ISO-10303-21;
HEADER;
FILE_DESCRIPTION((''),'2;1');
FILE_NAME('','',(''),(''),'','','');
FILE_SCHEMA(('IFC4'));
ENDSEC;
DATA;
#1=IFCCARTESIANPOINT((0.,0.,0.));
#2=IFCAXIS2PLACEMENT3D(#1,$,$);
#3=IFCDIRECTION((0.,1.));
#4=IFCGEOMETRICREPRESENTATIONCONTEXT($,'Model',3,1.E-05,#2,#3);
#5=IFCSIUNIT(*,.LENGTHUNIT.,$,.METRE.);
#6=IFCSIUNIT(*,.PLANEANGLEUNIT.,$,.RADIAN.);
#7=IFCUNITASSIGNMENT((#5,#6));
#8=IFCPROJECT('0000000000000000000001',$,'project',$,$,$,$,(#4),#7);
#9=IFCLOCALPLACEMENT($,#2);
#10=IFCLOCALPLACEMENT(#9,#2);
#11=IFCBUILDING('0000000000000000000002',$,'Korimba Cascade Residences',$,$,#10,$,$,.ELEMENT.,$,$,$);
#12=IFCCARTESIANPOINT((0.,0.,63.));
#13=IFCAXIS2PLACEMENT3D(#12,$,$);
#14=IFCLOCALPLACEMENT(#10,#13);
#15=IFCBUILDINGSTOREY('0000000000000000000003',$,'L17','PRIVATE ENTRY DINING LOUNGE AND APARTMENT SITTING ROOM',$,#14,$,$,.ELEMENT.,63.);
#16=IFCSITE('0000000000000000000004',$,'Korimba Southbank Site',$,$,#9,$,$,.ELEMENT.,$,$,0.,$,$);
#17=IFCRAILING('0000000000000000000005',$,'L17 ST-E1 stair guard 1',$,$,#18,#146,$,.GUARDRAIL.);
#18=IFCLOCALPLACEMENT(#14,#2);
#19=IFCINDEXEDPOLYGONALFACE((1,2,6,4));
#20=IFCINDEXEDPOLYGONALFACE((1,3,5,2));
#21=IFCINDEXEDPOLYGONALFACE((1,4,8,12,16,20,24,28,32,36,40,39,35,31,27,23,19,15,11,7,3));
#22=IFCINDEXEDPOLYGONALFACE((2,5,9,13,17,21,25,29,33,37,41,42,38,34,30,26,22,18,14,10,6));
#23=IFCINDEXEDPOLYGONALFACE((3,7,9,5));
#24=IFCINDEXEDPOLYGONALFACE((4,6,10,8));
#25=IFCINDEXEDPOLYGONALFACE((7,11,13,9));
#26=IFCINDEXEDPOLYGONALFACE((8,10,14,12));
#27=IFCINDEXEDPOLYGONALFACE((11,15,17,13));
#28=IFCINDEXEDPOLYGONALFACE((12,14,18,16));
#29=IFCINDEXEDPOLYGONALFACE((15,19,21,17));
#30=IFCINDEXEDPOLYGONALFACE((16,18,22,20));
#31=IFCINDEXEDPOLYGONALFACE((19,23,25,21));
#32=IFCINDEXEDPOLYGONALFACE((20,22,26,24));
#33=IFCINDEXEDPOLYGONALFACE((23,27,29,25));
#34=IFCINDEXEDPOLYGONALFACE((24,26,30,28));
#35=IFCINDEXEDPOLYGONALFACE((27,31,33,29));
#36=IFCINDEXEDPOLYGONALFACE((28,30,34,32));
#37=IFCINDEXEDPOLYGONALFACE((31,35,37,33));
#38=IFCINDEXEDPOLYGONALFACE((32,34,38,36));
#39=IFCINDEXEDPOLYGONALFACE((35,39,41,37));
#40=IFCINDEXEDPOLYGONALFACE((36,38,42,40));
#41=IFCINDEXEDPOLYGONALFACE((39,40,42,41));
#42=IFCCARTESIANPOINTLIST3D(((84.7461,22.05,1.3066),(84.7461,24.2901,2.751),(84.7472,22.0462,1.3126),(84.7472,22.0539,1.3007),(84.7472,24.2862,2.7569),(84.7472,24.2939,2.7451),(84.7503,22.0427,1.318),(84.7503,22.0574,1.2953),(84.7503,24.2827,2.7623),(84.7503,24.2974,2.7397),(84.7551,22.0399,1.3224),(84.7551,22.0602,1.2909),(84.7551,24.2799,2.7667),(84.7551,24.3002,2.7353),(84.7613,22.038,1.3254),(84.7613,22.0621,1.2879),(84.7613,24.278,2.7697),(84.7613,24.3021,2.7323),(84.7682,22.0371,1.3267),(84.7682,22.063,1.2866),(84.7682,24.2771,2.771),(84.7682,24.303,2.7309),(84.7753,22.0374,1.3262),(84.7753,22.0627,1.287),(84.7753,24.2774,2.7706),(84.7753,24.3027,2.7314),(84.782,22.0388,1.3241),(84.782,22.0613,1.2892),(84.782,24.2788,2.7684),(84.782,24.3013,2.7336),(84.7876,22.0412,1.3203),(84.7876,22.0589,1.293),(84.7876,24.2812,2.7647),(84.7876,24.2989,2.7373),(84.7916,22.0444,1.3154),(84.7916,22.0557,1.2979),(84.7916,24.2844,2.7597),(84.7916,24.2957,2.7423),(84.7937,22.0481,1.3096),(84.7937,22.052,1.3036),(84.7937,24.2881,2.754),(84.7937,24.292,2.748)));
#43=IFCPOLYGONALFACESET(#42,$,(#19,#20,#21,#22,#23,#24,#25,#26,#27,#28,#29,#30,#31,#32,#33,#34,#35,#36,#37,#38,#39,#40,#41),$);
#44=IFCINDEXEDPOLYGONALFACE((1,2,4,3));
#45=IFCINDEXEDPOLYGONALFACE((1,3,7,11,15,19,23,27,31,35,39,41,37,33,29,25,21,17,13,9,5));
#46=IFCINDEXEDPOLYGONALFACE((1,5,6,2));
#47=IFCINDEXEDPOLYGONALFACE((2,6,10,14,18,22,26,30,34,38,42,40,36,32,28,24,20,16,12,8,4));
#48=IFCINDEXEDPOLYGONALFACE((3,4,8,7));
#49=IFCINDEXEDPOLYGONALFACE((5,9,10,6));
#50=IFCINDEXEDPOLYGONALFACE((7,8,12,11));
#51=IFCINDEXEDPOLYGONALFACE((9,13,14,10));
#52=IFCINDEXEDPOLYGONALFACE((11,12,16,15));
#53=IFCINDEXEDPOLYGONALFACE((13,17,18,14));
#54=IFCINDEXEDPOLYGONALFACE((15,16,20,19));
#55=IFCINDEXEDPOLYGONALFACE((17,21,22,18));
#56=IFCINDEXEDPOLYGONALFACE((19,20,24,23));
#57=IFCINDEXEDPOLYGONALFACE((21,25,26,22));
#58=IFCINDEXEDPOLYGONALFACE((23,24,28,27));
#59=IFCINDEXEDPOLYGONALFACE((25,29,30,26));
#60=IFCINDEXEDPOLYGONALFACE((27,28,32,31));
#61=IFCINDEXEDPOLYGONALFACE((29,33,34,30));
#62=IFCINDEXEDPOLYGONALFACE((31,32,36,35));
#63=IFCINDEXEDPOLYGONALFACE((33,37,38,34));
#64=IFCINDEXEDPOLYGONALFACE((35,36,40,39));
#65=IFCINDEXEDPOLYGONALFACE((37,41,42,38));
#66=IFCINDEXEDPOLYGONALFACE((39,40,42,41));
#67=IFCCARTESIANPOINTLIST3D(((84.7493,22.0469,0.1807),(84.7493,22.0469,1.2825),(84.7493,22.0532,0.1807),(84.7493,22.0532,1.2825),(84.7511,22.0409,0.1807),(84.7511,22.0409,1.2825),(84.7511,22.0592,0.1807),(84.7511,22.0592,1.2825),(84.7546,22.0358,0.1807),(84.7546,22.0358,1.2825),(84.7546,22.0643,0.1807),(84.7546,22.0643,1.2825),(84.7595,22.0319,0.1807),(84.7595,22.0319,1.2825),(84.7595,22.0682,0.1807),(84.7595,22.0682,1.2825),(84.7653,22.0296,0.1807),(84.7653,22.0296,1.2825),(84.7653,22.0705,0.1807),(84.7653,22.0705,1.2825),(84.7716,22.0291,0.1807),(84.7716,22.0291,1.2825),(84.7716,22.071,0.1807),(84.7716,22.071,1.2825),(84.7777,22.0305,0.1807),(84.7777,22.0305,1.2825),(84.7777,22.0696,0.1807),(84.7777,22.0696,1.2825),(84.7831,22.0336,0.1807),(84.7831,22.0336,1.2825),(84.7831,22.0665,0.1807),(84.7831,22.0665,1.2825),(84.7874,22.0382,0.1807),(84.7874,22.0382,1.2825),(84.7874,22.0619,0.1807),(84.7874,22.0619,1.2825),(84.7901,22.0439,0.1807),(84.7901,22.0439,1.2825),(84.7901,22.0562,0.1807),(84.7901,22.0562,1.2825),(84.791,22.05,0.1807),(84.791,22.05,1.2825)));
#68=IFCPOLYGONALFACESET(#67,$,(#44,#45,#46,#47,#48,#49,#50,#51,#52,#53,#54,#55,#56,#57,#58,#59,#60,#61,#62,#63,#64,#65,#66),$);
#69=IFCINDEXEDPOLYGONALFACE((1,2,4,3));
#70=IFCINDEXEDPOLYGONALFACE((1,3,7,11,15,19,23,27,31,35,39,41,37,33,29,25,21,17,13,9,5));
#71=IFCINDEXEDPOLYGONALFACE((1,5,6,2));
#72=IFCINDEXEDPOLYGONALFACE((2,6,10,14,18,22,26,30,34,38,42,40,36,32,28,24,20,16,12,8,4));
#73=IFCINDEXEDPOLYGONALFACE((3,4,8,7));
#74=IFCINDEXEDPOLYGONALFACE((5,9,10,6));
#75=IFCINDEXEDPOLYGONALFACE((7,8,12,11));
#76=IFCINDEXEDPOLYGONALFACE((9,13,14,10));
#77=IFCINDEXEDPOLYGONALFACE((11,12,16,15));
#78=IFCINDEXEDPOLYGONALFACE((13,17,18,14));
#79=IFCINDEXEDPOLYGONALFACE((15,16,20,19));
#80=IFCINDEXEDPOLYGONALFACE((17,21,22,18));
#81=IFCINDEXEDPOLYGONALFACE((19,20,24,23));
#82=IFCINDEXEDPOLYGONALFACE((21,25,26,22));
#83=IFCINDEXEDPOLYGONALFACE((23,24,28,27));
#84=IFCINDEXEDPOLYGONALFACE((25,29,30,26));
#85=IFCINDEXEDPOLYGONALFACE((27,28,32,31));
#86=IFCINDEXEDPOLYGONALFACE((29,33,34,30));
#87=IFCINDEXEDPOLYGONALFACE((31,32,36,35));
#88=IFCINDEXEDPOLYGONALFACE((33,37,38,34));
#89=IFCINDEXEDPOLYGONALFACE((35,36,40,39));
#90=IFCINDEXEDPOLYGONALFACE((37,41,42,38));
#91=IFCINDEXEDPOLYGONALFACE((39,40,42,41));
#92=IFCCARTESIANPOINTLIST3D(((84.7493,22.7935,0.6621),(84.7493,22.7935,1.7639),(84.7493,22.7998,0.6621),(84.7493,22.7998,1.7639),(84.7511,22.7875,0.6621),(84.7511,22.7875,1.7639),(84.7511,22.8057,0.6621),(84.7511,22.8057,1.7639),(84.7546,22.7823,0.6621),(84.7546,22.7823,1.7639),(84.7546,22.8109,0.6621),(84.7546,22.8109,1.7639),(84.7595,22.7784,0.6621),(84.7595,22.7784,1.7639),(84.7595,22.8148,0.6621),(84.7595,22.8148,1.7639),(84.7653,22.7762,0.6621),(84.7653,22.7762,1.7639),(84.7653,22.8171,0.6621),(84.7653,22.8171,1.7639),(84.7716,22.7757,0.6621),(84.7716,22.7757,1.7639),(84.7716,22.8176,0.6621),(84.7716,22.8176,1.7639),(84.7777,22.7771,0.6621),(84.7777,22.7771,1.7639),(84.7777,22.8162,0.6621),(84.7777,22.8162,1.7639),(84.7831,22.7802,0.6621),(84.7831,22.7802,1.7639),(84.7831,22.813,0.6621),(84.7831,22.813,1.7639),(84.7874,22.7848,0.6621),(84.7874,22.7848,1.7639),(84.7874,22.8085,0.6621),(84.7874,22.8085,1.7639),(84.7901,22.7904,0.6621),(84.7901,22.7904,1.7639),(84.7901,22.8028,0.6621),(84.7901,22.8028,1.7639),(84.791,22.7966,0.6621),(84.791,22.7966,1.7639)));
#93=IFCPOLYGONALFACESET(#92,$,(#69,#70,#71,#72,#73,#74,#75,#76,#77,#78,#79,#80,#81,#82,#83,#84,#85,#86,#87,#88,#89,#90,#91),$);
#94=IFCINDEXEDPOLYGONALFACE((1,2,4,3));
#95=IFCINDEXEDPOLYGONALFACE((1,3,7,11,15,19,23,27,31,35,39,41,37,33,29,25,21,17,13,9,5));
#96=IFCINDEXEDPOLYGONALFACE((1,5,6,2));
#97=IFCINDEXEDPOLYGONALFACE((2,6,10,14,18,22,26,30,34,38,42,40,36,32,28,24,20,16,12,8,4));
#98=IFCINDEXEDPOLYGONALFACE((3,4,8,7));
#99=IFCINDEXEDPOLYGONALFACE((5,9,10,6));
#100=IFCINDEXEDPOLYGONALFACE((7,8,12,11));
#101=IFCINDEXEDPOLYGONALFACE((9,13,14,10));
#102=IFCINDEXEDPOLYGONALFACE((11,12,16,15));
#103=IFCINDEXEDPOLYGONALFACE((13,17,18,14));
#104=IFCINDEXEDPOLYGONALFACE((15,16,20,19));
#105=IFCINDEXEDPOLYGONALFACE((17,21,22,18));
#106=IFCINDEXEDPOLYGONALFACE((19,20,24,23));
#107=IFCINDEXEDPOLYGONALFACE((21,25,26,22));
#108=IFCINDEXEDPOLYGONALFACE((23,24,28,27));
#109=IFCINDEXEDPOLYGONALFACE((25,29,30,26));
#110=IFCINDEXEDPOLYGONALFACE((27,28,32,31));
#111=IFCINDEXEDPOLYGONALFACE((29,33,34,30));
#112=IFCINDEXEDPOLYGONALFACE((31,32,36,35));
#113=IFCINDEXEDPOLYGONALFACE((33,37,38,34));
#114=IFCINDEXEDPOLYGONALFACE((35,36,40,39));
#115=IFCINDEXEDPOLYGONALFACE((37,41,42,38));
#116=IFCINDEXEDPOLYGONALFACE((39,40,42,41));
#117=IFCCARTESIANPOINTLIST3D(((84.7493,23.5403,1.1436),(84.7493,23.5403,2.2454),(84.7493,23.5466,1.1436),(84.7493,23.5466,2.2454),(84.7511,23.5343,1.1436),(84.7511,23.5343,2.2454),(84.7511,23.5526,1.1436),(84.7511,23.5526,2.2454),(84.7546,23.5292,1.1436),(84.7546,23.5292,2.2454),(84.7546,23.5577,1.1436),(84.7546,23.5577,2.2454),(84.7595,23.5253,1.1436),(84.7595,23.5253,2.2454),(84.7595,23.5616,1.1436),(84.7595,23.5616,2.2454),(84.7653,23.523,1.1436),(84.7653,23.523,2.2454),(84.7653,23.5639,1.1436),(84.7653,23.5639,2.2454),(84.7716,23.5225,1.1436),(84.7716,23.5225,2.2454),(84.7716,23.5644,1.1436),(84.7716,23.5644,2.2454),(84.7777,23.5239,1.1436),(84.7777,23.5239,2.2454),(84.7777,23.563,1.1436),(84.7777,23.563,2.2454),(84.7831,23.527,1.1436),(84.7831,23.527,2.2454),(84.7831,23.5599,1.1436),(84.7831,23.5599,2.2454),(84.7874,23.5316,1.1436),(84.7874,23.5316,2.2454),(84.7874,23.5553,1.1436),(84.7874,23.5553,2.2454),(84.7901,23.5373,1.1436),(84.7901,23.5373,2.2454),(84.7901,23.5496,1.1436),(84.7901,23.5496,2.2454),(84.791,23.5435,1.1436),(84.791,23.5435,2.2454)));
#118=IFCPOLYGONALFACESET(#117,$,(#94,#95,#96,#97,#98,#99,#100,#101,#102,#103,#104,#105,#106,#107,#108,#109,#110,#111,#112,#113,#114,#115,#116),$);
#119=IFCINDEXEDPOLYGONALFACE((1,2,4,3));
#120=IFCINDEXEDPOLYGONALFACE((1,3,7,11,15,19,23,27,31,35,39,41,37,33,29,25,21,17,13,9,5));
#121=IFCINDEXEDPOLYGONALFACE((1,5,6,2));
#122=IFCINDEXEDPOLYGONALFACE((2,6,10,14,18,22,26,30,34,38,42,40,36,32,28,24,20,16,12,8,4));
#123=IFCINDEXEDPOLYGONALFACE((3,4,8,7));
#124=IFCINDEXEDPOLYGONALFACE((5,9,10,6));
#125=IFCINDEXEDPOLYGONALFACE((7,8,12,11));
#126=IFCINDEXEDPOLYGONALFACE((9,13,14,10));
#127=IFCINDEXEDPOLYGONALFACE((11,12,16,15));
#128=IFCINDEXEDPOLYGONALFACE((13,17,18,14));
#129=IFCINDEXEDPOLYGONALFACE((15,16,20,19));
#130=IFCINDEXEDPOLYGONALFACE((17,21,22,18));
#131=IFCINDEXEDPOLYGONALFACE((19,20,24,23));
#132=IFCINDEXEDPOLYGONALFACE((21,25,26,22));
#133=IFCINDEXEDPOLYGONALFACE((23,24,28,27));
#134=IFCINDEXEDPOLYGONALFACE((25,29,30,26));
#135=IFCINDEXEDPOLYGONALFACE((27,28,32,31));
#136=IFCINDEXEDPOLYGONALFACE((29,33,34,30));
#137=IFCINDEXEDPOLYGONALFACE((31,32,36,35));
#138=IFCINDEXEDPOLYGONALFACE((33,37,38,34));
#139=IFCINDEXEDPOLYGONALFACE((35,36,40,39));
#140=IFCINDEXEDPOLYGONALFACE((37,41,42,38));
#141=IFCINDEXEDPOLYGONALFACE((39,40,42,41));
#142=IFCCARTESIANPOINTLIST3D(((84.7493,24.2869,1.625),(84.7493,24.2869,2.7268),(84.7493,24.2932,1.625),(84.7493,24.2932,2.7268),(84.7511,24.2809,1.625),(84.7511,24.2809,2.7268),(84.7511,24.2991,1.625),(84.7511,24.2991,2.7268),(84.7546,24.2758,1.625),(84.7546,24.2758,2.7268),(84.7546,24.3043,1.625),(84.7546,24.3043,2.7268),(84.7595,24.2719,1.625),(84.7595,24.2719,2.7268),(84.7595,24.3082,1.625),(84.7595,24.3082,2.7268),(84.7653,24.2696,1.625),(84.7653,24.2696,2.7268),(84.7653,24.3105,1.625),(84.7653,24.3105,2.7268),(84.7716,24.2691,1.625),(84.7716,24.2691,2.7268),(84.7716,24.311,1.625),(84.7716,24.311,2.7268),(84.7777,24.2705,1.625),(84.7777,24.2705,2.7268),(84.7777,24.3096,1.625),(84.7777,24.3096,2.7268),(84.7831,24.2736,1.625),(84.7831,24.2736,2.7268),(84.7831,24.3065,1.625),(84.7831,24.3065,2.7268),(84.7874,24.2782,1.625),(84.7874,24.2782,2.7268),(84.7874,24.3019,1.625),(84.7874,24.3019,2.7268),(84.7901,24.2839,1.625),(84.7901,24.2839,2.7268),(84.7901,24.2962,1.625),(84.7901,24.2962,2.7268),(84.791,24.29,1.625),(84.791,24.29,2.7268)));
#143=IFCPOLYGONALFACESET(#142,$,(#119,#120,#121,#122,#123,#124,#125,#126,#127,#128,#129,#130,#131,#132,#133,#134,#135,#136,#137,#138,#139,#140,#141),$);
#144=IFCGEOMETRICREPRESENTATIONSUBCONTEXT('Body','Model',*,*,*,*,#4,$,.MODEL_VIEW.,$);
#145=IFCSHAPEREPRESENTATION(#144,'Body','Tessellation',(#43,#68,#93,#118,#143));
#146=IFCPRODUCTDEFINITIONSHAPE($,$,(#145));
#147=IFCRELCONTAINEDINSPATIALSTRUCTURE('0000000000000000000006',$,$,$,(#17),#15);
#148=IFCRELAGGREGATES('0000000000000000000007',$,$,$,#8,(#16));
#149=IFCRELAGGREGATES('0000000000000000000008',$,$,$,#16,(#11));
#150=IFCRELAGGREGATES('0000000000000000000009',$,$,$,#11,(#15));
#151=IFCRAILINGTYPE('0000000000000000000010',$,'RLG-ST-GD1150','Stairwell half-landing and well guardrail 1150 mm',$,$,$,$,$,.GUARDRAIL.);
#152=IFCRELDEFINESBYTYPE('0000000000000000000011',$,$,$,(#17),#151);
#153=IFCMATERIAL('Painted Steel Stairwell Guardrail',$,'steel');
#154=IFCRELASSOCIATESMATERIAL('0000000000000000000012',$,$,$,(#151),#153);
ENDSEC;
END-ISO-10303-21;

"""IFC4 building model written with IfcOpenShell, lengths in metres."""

from ifc_helpers import new_model, si_unit, direction, frame, origin, origin_2d, place, context, subcontext, project, spatial, circle, extrude, material, type_object, element, save


model = new_model("IFC4")

# Units and contexts
model_context = context("Model", 3, precision=1e-05, world=origin(), true_north=direction((0.0, 1.0)))
body_context = subcontext(model_context, "Body", "Model", "MODEL_VIEW")
ifc_project = project(units=[si_unit("LENGTHUNIT", "METRE"), si_unit("PLANEANGLEUNIT", "RADIAN")], contexts=[model_context])

# Site, building, storey
site_placement = place(None, origin())
site = spatial("IfcSite", under=ifc_project, at=site_placement, Name="Korimba Southbank Site", CompositionType="ELEMENT", RefElevation=0.0)
building_placement = place(site_placement, origin())
building = spatial("IfcBuilding", under=site, at=building_placement, Name="Korimba Cascade Residences", CompositionType="ELEMENT")
storey_placement = place(building_placement, frame((0.0, 0.0, 63.0)))
storey = spatial("IfcBuildingStorey", under=building, at=storey_placement, Name="L17", Description="PRIVATE ENTRY DINING LOUNGE AND APARTMENT SITTING ROOM", CompositionType="ELEMENT", Elevation=63.0)

# Railing
ifc_material_1 = material(Name="Painted Steel Stairwell Guardrail", Category="steel")
railing_type = type_object("IfcRailingType", Name="RLG-ST-GD1150", Description="Stairwell half-landing and well guardrail 1150 mm", PredefinedType="GUARDRAIL", material=ifc_material_1)
railing_1_placement = place(storey_placement, frame((84.77, 22.05, 0.1807)))
element("IfcRailing", 1, at=railing_1_placement, inside=storey, type_object=railing_type, Name="L17 ST-E1 stair guard 1", PredefinedType="GUARDRAIL", context=body_context, shape_type="SweptSolid", body=[
    extrude(circle(Radius=0.0239, at=origin_2d()), frame((0.0, 0.0, 1.126), z_axis=(0.0, 0.840437, 0.54191), x_axis=(-1.0, 0.0, 0.0)), (0.0, 0.0, 1.0), 2.6653),
    extrude(circle(Radius=0.021, at=origin_2d()), origin(), (0.0, 0.0, 1.0), 1.1018),
    extrude(circle(Radius=0.021, at=origin_2d()), frame((0.0, 0.7466, 0.4814)), (0.0, 0.0, 1.0), 1.1018),
    extrude(circle(Radius=0.021, at=origin_2d()), frame((0.0, 1.4934, 0.9629)), (0.0, 0.0, 1.0), 1.1018),
    extrude(circle(Radius=0.021, at=origin_2d()), frame((0.0, 2.24, 1.4443)), (0.0, 0.0, 1.0), 1.1018),
])

save(model, "model.ifc")
